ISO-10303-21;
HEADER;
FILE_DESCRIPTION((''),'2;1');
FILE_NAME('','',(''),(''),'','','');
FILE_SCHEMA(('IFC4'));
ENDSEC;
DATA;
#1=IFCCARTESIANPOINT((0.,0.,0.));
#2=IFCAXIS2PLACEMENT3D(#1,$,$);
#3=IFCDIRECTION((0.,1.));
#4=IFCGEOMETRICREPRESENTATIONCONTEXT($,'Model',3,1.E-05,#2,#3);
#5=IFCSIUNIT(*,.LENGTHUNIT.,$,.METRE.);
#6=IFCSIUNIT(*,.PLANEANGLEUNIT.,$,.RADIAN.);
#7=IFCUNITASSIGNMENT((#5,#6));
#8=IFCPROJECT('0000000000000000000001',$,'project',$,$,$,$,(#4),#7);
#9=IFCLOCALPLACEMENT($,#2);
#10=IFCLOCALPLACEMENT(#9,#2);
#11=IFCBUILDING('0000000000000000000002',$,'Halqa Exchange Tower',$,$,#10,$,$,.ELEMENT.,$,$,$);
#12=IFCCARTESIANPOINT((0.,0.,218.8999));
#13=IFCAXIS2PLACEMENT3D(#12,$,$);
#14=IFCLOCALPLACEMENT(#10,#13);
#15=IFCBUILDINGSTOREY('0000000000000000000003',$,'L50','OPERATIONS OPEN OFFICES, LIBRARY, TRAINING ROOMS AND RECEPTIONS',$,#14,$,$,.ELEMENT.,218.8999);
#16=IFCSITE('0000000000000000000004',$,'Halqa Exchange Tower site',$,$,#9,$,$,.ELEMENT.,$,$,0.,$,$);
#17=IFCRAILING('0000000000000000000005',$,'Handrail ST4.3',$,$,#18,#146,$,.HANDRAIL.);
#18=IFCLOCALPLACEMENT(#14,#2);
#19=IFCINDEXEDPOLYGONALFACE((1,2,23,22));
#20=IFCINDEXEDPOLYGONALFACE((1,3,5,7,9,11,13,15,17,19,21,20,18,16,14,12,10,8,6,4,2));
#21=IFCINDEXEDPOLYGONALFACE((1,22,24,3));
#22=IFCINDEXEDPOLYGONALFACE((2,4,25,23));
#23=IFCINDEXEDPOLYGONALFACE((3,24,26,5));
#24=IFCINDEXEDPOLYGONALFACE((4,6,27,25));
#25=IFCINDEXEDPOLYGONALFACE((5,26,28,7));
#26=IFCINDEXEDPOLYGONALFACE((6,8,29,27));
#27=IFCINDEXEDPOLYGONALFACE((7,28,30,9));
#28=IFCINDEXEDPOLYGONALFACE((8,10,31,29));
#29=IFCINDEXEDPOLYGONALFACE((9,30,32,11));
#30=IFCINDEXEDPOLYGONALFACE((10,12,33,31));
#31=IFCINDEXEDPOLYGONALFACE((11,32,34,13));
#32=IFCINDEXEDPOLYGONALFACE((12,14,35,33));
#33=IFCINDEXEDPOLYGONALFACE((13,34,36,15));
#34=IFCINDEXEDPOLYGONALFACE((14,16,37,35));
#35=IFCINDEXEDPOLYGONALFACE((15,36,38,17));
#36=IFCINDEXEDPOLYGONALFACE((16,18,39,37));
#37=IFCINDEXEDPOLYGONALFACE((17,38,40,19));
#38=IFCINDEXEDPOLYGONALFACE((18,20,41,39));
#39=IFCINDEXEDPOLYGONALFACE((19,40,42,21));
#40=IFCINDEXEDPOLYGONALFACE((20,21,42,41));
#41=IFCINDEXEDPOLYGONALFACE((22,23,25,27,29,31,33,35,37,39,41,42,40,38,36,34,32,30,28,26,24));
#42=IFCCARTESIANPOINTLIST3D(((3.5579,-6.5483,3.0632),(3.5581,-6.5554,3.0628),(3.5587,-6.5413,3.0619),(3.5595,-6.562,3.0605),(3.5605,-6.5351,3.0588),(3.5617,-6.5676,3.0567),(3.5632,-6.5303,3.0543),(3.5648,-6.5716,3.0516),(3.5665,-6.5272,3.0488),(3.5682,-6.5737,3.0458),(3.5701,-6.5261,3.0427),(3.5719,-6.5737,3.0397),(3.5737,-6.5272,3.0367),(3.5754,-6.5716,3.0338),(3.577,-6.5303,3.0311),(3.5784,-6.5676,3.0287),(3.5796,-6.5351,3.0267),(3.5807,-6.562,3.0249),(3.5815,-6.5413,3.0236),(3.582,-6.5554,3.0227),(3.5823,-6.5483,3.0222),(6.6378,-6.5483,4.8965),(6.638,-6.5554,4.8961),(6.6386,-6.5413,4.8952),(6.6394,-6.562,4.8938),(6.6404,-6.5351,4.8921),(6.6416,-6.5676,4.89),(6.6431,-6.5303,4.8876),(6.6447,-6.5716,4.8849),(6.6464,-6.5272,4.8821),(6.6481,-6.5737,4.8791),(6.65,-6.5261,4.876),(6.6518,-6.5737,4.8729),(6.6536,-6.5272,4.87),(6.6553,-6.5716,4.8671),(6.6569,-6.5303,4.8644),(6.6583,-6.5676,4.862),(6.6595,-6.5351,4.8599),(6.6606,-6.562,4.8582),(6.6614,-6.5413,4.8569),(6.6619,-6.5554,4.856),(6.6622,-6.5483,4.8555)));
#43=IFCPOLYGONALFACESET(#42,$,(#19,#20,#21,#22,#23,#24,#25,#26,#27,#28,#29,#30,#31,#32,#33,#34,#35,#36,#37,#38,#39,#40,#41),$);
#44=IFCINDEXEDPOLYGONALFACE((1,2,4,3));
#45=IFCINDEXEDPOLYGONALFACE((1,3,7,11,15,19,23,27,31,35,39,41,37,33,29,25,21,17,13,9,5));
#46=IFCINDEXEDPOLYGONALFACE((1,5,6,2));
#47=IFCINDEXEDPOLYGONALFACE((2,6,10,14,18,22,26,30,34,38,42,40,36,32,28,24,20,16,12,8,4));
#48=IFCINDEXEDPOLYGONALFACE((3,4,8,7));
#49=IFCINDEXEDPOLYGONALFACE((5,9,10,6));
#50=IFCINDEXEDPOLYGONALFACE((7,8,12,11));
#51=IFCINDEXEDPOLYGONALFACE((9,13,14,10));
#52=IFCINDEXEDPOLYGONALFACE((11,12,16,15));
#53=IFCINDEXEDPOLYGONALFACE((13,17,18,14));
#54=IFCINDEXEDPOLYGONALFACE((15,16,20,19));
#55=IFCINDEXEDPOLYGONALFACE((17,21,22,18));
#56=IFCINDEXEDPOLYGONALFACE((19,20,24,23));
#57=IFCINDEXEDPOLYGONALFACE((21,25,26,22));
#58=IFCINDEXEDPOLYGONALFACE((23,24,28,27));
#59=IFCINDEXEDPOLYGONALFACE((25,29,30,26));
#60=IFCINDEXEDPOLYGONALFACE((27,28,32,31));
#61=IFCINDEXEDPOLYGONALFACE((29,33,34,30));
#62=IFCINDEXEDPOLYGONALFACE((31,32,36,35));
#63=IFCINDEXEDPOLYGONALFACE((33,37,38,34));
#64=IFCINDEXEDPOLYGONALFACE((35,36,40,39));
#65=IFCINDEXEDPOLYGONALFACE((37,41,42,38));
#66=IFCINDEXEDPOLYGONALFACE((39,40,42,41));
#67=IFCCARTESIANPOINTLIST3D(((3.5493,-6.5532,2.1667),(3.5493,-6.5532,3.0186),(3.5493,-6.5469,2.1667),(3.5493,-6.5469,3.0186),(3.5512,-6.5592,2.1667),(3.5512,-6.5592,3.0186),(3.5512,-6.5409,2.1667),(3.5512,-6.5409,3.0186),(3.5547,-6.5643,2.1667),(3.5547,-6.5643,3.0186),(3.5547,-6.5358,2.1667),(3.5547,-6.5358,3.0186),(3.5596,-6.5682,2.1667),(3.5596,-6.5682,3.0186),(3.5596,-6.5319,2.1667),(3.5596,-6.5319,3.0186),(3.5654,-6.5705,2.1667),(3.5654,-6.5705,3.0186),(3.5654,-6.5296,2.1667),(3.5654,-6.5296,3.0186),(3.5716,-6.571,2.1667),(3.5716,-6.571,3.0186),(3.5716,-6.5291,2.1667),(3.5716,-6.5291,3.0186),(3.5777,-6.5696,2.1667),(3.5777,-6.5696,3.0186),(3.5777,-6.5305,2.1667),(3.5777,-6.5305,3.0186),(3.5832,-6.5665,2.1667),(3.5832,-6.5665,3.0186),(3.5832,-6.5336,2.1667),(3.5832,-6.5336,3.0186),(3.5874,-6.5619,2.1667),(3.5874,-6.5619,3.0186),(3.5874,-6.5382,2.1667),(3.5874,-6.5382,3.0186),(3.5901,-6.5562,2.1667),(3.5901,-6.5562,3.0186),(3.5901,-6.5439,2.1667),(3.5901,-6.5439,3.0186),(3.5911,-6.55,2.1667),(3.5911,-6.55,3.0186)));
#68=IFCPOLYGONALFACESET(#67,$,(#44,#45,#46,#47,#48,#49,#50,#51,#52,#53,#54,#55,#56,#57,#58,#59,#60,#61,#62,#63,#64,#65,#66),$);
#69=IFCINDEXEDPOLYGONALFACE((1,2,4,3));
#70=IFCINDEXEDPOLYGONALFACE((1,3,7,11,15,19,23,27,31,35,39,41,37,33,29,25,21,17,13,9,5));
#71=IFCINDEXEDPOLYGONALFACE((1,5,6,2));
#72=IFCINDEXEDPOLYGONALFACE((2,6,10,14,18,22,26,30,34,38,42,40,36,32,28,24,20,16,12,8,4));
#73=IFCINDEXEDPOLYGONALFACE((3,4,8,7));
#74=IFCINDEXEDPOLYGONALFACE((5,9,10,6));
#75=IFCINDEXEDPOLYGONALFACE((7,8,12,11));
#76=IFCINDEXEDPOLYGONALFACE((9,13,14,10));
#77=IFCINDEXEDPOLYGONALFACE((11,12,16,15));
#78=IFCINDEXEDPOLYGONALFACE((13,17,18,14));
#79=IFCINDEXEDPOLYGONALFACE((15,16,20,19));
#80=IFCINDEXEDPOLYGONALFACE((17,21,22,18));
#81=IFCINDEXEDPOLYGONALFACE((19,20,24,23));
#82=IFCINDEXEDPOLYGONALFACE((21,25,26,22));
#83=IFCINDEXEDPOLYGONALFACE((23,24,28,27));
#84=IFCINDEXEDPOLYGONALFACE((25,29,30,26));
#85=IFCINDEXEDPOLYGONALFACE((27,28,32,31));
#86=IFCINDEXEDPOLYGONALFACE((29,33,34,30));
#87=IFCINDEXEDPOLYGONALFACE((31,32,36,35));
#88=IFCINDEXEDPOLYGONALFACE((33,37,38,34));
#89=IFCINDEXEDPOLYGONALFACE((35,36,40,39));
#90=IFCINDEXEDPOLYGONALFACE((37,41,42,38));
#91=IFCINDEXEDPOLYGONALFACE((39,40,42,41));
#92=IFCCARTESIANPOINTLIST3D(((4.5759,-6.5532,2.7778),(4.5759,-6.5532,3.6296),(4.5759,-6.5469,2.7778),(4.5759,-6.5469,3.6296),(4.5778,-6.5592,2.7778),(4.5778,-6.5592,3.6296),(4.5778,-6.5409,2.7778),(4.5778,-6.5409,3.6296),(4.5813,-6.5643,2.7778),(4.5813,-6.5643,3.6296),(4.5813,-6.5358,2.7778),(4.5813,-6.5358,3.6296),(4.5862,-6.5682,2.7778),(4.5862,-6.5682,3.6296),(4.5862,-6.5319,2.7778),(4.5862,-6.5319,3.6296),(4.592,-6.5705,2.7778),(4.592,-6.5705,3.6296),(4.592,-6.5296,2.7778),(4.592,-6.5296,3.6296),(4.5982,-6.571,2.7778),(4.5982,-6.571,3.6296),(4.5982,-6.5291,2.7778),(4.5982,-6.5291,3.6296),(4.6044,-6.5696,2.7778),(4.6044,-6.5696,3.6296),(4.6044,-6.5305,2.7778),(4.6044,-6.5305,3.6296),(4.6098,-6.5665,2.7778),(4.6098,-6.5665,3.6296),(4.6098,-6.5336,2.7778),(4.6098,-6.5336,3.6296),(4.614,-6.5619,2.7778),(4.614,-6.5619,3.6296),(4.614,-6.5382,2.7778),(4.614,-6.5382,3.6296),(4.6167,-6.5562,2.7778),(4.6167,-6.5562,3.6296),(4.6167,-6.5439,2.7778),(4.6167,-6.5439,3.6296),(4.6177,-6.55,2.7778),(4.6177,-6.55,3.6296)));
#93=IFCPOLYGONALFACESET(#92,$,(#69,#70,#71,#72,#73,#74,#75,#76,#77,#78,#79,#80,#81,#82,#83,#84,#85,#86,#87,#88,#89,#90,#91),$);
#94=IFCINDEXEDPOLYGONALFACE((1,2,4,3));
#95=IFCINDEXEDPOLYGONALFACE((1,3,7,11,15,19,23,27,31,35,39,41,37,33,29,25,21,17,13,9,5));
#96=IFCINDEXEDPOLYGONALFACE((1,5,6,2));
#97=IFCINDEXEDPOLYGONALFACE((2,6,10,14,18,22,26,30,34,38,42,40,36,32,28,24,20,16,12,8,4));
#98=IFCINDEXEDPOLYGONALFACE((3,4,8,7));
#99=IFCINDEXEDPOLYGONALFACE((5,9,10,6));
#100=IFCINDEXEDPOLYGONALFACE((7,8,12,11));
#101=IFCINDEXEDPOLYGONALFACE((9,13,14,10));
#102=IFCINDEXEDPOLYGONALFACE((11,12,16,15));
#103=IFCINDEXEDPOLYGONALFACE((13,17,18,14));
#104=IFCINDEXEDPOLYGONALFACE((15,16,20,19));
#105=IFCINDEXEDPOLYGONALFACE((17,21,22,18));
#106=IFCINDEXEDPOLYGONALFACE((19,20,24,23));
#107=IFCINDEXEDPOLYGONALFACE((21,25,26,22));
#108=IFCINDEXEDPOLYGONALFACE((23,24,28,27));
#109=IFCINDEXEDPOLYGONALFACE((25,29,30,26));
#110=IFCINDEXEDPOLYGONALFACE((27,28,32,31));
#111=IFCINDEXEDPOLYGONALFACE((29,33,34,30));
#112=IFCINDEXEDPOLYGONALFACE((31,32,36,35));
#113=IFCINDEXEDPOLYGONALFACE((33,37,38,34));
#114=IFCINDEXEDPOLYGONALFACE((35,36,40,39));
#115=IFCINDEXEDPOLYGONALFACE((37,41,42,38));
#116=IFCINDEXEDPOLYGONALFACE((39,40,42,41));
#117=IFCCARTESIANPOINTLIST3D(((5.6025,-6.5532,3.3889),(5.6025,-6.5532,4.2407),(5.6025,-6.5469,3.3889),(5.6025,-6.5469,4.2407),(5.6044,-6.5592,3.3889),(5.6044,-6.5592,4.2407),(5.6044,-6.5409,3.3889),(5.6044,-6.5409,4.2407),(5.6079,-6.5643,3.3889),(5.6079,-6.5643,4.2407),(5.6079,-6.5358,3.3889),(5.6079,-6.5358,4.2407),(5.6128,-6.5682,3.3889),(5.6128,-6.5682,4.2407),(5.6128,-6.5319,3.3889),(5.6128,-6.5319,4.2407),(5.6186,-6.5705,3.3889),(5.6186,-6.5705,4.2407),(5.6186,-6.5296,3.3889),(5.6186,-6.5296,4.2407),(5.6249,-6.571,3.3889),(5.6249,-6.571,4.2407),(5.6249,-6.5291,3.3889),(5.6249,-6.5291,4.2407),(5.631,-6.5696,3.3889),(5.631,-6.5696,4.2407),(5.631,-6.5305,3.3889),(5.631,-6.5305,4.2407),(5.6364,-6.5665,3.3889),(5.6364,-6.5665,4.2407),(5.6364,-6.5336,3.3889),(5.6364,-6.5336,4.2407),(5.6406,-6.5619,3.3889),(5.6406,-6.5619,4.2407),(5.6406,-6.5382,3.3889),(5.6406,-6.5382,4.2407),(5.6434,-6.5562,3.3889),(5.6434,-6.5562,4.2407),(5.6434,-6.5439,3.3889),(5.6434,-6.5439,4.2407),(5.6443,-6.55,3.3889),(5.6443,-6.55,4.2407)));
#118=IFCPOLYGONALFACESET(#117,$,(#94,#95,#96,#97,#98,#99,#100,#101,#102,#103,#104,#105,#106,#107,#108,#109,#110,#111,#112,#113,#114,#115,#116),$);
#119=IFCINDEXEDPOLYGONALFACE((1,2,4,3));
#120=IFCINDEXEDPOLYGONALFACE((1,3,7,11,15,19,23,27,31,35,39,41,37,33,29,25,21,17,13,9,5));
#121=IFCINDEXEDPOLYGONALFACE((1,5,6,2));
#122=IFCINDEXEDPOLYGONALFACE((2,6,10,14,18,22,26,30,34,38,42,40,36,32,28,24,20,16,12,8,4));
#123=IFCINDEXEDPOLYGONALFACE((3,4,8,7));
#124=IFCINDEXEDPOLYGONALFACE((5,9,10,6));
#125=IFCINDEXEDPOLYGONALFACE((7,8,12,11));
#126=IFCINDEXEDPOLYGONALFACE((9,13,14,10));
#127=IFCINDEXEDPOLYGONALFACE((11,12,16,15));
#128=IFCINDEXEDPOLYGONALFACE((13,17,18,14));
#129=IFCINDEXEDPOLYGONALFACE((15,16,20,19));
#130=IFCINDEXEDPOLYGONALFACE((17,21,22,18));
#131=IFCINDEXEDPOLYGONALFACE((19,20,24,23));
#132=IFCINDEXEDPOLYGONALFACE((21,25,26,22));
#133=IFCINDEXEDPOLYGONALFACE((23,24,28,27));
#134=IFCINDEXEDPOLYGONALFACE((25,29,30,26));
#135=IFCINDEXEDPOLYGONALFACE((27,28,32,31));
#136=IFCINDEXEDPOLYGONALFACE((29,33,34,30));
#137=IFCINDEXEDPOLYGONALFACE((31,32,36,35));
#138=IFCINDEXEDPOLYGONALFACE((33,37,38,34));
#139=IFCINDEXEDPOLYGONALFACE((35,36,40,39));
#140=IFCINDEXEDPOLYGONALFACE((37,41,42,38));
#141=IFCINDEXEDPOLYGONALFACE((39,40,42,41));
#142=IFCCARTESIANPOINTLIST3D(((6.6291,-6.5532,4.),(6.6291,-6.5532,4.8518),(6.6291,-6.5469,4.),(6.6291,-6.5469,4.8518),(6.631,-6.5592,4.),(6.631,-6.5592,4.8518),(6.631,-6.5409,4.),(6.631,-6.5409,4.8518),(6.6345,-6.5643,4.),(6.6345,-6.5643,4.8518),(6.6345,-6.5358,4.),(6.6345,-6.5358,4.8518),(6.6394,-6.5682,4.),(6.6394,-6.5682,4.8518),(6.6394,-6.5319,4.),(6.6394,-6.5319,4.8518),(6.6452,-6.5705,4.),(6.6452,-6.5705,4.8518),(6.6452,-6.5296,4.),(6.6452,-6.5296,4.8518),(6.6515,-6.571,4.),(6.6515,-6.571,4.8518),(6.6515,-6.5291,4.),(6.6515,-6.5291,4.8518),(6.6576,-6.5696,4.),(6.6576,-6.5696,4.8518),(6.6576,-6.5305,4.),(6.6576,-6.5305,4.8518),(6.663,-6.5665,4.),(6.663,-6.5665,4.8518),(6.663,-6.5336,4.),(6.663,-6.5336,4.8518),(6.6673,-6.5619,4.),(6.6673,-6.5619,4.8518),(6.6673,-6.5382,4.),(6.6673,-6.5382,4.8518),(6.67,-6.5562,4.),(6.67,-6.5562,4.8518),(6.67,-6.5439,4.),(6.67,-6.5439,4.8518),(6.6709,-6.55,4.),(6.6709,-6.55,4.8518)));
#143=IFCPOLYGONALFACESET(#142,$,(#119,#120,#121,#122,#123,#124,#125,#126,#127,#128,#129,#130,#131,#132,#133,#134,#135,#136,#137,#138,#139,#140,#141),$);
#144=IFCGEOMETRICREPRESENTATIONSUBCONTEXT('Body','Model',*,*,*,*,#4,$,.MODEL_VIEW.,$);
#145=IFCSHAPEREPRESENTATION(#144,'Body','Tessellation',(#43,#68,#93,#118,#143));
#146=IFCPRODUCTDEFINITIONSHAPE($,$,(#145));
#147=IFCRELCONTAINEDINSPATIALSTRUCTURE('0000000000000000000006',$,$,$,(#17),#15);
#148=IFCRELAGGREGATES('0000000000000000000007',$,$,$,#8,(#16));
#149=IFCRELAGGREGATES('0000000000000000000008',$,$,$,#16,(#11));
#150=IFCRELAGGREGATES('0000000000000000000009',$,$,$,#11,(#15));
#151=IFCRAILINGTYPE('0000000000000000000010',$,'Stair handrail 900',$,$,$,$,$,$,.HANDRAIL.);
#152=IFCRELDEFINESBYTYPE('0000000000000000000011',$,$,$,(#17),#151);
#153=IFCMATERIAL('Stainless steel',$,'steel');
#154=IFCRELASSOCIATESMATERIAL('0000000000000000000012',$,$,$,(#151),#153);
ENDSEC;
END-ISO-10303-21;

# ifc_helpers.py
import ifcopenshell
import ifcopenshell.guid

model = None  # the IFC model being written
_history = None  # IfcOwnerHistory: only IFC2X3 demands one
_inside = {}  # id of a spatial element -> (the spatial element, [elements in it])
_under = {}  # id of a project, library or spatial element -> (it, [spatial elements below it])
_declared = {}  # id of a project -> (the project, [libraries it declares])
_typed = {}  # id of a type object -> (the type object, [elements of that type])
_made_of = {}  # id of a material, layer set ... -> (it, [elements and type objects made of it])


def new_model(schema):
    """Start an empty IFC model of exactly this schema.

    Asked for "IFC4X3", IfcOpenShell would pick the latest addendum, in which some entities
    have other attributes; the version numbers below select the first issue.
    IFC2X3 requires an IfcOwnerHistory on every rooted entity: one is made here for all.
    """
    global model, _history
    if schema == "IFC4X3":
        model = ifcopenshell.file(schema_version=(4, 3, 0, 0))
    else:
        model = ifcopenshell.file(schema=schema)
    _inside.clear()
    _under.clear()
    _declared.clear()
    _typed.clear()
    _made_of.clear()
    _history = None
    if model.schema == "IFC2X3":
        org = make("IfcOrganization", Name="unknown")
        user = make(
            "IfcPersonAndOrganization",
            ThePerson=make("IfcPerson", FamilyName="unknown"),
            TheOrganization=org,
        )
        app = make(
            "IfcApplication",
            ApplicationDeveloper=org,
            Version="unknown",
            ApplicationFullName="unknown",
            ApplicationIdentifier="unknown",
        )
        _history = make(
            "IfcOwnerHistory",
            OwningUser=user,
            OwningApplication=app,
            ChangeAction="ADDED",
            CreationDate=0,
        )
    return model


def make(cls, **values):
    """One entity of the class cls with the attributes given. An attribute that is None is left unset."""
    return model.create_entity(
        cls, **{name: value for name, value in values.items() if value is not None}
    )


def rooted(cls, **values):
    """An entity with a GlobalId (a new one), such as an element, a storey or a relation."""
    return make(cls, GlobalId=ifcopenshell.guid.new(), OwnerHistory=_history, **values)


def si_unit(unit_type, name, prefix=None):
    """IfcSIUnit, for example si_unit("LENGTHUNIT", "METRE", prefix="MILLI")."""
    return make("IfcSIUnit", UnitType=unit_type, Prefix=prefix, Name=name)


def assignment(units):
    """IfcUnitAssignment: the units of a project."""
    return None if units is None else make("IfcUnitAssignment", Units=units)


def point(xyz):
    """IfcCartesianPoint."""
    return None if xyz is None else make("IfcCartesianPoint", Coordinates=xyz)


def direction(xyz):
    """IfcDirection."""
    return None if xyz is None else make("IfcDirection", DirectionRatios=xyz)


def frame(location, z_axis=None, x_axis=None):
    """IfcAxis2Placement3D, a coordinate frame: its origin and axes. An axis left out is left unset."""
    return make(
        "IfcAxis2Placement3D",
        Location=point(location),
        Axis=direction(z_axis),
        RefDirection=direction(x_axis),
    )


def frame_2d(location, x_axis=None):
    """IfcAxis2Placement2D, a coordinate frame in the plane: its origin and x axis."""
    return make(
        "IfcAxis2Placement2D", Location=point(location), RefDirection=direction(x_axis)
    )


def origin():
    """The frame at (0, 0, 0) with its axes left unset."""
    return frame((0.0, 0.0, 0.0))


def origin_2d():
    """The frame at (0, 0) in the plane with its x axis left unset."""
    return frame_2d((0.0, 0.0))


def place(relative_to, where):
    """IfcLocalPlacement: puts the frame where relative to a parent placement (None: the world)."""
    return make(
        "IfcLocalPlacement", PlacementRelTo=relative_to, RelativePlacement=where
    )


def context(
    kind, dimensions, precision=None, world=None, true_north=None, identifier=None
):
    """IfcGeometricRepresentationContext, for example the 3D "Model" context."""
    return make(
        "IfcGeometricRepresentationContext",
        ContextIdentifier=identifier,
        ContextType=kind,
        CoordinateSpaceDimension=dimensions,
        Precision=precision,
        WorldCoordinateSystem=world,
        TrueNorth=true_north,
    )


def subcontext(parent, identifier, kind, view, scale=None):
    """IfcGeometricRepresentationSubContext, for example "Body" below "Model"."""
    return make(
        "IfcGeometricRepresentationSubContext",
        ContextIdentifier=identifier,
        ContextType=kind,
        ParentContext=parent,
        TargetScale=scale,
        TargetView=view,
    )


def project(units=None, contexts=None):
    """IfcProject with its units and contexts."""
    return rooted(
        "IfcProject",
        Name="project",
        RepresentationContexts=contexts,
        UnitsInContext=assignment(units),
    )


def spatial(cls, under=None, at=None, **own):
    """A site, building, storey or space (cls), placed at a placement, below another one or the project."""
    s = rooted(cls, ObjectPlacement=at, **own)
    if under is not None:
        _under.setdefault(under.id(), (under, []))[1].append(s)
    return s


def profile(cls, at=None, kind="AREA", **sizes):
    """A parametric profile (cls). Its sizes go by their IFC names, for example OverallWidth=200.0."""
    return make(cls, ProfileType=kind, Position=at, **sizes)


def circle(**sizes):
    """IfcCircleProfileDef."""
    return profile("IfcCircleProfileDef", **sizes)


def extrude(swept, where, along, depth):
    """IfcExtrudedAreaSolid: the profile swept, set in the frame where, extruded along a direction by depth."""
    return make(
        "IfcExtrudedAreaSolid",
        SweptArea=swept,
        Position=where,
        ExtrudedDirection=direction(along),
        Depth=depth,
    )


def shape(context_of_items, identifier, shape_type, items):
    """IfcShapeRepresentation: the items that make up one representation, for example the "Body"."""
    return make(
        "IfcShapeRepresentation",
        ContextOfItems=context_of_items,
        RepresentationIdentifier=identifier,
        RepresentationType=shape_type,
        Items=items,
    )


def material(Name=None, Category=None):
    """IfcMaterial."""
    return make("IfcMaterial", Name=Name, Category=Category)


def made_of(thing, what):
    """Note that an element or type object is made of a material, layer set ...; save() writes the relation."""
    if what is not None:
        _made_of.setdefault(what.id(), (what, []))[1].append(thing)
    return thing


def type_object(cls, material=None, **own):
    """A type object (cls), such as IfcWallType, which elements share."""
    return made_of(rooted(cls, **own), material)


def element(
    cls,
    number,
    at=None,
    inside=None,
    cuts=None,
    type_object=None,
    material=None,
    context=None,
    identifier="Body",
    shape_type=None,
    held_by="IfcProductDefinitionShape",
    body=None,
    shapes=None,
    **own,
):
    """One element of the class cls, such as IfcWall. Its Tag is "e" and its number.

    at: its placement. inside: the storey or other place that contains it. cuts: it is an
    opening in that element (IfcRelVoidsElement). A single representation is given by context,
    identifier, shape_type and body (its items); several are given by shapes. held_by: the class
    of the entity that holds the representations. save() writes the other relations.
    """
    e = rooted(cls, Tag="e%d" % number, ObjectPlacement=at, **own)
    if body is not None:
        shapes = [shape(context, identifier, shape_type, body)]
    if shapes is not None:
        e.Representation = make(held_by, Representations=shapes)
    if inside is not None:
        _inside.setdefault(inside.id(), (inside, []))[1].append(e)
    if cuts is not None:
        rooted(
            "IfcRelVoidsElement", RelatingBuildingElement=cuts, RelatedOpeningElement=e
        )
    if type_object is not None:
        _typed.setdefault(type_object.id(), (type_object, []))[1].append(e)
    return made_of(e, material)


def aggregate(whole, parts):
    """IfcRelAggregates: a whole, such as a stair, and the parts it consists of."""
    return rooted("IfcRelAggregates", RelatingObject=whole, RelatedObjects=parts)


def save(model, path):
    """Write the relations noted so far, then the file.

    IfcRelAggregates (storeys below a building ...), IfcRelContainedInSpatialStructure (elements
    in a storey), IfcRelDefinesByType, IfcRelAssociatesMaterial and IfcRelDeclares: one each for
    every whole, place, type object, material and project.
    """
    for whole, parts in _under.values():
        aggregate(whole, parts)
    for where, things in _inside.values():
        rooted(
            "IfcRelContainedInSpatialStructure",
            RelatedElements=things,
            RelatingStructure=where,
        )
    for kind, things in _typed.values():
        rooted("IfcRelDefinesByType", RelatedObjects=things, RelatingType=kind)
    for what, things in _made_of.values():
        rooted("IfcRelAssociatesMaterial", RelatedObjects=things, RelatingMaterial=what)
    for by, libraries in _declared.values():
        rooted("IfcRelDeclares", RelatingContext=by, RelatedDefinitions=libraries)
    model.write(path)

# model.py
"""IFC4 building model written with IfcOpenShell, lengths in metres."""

from ifc_helpers import new_model, si_unit, direction, frame, origin, origin_2d, place, context, subcontext, project, spatial, circle, extrude, material, type_object, element, save


model = new_model("IFC4")

# Units and contexts
model_context = context("Model", 3, precision=1e-05, world=origin(), true_north=direction((0.0, 1.0)))
body_context = subcontext(model_context, "Body", "Model", "MODEL_VIEW")
ifc_project = project(units=[si_unit("LENGTHUNIT", "METRE"), si_unit("PLANEANGLEUNIT", "RADIAN")], contexts=[model_context])

# Site, building, storey
site_placement = place(None, origin())
site = spatial("IfcSite", under=ifc_project, at=site_placement, Name="Halqa Exchange Tower site", CompositionType="ELEMENT", RefElevation=0.0)
building_placement = place(site_placement, origin())
building = spatial("IfcBuilding", under=site, at=building_placement, Name="Halqa Exchange Tower", CompositionType="ELEMENT")
storey_placement = place(building_placement, frame((0.0, 0.0, 218.8999)))
storey = spatial("IfcBuildingStorey", under=building, at=storey_placement, Name="L50", Description="OPERATIONS OPEN OFFICES, LIBRARY, TRAINING ROOMS AND RECEPTIONS", CompositionType="ELEMENT", Elevation=218.8999)

# Railing
ifc_material_1 = material(Name="Stainless steel", Category="steel")
railing_type_1 = type_object("IfcRailingType", Name="Stair handrail 900", PredefinedType="HANDRAIL", material=ifc_material_1)
railing_1_placement = place(storey_placement, frame((3.5701, -6.55, 2.1667)))
element("IfcRailing", 1, at=railing_1_placement, inside=storey, type_object=railing_type_1, Name="Handrail ST4.3", PredefinedType="HANDRAIL", context=body_context, shape_type="SweptSolid", body=[
    extrude(circle(Radius=0.0239, at=origin_2d()), frame((0.0, 0.0, 0.876), z_axis=(0.859291, 0.0, 0.511487), x_axis=(0.0, 1.0, 0.0)), (0.0, 0.0, 1.0), 3.5842),
    extrude(circle(Radius=0.021, at=origin_2d()), origin(), (0.0, 0.0, 1.0), 0.8518),
    extrude(circle(Radius=0.021, at=origin_2d()), frame((1.0266, 0.0, 0.6111)), (0.0, 0.0, 1.0), 0.8518),
    extrude(circle(Radius=0.021, at=origin_2d()), frame((2.0532, 0.0, 1.2222)), (0.0, 0.0, 1.0), 0.8518),
    extrude(circle(Radius=0.021, at=origin_2d()), frame((3.0798, 0.0, 1.8333)), (0.0, 0.0, 1.0), 0.8518),
])

save(model, "model.ifc")
